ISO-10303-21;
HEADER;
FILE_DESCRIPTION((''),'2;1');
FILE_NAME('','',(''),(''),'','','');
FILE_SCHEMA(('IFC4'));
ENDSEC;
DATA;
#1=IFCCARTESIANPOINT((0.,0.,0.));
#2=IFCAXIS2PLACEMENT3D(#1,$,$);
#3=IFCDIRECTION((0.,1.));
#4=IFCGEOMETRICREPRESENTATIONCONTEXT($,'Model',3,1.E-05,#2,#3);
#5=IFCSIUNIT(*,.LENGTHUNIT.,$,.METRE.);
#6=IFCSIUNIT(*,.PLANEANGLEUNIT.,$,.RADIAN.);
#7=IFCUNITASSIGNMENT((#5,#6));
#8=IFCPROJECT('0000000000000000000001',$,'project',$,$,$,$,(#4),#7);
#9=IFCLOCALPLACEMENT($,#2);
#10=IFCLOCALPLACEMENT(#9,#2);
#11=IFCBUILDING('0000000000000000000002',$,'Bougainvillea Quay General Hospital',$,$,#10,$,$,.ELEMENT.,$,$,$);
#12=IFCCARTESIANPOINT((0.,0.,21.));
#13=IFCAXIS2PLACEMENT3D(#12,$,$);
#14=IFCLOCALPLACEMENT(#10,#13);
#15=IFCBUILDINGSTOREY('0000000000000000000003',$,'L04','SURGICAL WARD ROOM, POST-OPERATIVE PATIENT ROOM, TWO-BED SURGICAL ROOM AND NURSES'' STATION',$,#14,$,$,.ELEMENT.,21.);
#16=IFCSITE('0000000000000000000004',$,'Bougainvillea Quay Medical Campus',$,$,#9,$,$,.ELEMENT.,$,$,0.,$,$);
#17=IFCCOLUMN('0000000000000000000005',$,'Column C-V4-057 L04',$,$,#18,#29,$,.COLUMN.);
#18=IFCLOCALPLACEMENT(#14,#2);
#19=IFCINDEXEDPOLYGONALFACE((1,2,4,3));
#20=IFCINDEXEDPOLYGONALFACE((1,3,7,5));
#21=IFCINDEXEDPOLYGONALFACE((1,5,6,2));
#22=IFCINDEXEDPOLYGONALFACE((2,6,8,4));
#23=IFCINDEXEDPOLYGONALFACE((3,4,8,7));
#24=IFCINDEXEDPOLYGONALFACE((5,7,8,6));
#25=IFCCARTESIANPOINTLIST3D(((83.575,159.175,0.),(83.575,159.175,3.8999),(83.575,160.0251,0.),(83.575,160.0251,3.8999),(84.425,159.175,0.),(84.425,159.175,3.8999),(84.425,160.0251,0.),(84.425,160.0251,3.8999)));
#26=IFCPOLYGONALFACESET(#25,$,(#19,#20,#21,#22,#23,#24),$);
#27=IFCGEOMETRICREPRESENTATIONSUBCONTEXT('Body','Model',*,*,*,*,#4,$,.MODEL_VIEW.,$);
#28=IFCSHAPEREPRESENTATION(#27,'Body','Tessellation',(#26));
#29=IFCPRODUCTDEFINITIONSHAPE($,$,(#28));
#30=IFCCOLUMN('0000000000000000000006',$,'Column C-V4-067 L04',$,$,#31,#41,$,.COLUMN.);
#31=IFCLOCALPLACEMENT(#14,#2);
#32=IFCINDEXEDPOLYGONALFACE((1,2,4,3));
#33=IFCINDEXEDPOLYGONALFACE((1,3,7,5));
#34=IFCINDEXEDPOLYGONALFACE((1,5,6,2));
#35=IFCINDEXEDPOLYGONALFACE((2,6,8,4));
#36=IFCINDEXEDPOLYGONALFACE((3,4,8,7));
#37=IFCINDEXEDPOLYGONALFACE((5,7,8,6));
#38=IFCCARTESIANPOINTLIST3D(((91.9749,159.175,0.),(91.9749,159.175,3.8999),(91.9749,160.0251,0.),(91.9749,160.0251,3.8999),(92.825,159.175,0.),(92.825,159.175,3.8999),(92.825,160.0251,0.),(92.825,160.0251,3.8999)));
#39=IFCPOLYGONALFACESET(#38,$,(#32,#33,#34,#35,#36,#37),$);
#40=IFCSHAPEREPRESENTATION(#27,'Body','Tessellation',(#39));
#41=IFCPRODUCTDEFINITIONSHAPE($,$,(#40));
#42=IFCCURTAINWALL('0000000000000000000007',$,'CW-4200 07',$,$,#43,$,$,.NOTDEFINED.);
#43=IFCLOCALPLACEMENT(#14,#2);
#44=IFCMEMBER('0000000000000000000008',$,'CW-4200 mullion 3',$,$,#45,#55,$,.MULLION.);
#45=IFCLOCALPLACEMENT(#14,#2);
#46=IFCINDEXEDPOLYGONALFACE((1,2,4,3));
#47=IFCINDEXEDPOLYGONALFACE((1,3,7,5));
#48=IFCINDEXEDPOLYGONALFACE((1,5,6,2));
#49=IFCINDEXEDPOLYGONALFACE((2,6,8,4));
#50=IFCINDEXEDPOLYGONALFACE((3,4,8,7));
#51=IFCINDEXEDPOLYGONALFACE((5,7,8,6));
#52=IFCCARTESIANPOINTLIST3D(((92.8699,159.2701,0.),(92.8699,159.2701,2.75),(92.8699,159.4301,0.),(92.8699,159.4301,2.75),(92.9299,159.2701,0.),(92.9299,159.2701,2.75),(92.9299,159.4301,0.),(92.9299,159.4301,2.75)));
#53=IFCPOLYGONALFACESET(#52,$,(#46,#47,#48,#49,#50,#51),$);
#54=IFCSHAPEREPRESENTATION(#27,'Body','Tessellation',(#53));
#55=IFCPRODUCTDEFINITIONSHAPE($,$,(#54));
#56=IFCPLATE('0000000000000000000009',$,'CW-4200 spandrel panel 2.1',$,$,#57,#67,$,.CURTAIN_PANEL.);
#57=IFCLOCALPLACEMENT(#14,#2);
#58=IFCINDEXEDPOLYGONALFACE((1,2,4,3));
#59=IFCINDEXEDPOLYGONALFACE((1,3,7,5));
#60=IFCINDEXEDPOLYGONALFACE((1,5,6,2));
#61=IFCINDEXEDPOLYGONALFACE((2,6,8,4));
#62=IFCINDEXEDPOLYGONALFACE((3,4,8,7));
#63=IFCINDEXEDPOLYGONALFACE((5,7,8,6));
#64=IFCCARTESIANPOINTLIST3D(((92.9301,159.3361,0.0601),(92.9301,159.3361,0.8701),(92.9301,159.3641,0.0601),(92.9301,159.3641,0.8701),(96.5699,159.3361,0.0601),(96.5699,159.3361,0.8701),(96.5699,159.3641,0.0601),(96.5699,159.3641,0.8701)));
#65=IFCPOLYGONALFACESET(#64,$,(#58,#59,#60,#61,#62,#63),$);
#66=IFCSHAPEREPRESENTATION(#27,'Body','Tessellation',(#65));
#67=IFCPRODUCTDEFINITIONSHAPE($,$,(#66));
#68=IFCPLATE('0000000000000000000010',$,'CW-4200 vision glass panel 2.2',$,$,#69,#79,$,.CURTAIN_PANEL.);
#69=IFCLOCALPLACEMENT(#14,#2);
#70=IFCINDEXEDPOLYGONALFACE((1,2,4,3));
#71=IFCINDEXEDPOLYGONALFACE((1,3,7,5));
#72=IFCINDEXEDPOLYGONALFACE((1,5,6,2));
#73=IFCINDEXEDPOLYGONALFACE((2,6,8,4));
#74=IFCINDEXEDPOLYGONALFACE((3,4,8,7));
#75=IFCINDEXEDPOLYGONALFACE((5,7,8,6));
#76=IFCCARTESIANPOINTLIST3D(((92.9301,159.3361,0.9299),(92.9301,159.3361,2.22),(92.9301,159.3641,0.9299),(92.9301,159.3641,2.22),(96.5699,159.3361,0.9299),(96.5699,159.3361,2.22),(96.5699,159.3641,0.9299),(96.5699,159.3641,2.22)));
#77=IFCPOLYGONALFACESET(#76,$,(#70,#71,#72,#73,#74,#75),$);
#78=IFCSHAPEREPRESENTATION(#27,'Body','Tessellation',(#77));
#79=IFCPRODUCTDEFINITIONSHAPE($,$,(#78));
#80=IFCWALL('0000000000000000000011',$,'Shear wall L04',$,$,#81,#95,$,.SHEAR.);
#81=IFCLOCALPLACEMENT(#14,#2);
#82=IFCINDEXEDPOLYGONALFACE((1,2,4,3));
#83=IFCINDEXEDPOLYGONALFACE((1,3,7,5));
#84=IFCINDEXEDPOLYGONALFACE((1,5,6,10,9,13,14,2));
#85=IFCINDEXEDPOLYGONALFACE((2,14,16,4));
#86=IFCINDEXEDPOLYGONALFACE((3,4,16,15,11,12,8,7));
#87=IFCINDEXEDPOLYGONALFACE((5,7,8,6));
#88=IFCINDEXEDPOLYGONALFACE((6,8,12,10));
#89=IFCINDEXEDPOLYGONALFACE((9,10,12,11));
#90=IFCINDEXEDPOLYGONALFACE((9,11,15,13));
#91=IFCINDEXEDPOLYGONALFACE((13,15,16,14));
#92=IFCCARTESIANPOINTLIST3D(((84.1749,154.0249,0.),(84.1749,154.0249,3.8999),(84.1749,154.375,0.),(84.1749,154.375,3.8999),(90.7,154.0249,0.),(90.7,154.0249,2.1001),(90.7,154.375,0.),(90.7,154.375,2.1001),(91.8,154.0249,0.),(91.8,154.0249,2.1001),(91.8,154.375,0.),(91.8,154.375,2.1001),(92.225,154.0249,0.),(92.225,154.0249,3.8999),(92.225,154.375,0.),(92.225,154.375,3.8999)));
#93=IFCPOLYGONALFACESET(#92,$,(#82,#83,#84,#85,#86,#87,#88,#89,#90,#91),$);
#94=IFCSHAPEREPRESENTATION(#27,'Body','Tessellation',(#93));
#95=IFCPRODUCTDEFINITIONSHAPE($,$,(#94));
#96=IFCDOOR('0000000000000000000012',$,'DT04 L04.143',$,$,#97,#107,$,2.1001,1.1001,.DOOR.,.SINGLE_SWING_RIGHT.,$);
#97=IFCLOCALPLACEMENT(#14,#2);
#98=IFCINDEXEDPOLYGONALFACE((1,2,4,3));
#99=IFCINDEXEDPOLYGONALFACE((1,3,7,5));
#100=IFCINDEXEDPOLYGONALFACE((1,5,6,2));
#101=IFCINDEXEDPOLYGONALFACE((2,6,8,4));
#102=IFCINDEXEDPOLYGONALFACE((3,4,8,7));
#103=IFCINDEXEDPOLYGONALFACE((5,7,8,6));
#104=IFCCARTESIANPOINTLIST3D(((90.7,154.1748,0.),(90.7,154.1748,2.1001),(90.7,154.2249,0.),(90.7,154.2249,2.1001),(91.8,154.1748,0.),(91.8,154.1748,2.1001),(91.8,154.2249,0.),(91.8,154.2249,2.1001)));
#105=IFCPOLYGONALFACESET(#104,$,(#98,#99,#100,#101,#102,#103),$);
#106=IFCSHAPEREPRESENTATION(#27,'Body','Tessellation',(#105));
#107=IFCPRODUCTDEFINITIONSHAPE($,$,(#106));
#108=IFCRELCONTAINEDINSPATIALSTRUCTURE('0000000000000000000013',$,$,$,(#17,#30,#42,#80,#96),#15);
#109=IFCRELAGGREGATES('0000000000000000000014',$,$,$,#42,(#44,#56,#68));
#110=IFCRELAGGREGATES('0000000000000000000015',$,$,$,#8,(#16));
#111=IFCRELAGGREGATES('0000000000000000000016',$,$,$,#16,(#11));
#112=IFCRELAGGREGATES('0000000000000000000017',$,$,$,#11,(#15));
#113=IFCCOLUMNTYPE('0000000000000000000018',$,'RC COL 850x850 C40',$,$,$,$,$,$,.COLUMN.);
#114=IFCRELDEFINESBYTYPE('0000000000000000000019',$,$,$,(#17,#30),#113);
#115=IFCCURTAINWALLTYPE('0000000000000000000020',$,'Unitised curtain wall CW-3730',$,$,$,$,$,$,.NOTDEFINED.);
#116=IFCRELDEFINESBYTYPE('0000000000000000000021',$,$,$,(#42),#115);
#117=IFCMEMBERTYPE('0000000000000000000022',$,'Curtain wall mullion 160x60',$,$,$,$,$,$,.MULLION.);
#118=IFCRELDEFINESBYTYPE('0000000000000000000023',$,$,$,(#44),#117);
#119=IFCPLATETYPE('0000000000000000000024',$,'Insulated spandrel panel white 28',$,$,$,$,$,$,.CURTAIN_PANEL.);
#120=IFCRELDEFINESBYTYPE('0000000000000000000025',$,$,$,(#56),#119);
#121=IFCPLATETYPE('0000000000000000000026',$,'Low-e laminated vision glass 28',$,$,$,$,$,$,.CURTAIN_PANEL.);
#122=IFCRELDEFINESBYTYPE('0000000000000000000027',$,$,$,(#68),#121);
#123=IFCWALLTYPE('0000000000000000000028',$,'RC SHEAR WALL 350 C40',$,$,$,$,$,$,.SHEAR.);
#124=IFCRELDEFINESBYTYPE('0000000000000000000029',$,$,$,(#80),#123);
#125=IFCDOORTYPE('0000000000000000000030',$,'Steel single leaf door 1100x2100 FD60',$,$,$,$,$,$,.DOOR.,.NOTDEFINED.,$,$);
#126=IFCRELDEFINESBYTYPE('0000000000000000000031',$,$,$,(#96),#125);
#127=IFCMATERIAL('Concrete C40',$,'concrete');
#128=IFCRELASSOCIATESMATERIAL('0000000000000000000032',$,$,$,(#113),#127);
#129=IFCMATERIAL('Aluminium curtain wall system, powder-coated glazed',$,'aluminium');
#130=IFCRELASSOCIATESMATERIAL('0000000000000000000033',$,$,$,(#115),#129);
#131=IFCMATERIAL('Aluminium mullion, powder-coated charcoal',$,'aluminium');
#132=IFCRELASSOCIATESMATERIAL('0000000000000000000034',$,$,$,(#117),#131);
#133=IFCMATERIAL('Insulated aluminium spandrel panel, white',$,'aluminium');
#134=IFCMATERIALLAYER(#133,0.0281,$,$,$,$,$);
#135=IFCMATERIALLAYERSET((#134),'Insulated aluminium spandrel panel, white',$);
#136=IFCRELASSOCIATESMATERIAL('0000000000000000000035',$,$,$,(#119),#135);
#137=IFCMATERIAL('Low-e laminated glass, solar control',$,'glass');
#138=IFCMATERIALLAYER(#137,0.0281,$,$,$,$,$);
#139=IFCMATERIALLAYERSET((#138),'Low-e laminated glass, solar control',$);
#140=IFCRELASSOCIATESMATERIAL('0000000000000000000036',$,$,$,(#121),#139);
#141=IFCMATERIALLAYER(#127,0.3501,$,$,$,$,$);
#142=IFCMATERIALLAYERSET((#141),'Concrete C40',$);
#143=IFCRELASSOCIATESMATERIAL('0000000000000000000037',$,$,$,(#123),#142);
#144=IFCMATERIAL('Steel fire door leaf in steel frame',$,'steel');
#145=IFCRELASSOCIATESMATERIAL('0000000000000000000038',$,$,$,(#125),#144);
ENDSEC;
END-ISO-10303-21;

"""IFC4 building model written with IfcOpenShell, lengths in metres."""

from ifc_helpers import new_model, si_unit, direction, frame, frame_2d, origin, origin_2d, place, context, subcontext, project, spatial, rectangle, extrude, material, layer, layer_set, material_profile, profile_set, type_object, element, fill, aggregate, save


model = new_model("IFC4")

# Units and contexts
model_context = context("Model", 3, precision=1e-05, world=origin(), true_north=direction((0.0, 1.0)))
body_context = subcontext(model_context, "Body", "Model", "MODEL_VIEW")
ifc_project = project(units=[si_unit("LENGTHUNIT", "METRE"), si_unit("PLANEANGLEUNIT", "RADIAN")], contexts=[model_context])

# Site, building, storey
site_placement = place(None, origin())
site = spatial("IfcSite", under=ifc_project, at=site_placement, Name="Bougainvillea Quay Medical Campus", CompositionType="ELEMENT", RefElevation=0.0)
building_placement = place(site_placement, origin())
building = spatial("IfcBuilding", under=site, at=building_placement, Name="Bougainvillea Quay General Hospital", CompositionType="ELEMENT")
storey_placement = place(building_placement, frame((0.0, 0.0, 21.0)))
storey = spatial("IfcBuildingStorey", under=building, at=storey_placement, Name="L04", Description="SURGICAL WARD ROOM, POST-OPERATIVE PATIENT ROOM, TWO-BED SURGICAL ROOM AND NURSES' STATION", CompositionType="ELEMENT", Elevation=21.0)

# Columns
ifc_material_1 = material(Name="Concrete C40", Category="concrete")
ifc_material_profile_1 = material_profile(ifc_material_1, rectangle(XDim=0.8501, YDim=0.8501, at=origin_2d()))
ifc_profile_set_1 = profile_set([ifc_material_profile_1], Name="Concrete C40")
column_type = type_object("IfcColumnType", Name="RC COL 850x850 C40", PredefinedType="COLUMN", material=ifc_profile_set_1)
for number, where, z_axis, x_axis, name in (
    (1, (84.0, 159.6001, 0.0), (0.0, 0.0, 1.0), (1.0, 0.0, 0.0), "Column C-V4-057 L04"),
    (2, (92.3999, 159.6001, 0.0), (0.0, 0.0, 1.0), (1.0, 0.0, 0.0), "Column C-V4-067 L04"),
):
    element("IfcColumn", number, at=place(storey_placement, frame(where, z_axis=z_axis, x_axis=x_axis)), inside=storey, type_object=column_type, Name=name, PredefinedType="COLUMN", context=body_context, shape_type="SweptSolid", body=[
        extrude(rectangle(XDim=0.8501, YDim=0.8501, at=origin_2d()), origin(), (0.0, 0.0, 1.0), 3.8999),
    ])

# Curtain wall, member, plates
ifc_material_2 = material(Name="Aluminium curtain wall system, powder-coated glazed", Category="aluminium")
curtain_wall_type = type_object("IfcCurtainWallType", Name="Unitised curtain wall CW-3730", PredefinedType="NOTDEFINED", material=ifc_material_2)
curtain_wall_placement = place(storey_placement, origin())
curtain_wall = element("IfcCurtainWall", 3, at=curtain_wall_placement, inside=storey, type_object=curtain_wall_type, Name="CW-4200 07", PredefinedType="NOTDEFINED")
ifc_material_3 = material(Name="Aluminium mullion, powder-coated charcoal", Category="aluminium")
ifc_material_profile_2 = material_profile(ifc_material_3, rectangle(XDim=0.1599, YDim=0.0601, at=origin_2d()))
ifc_profile_set_2 = profile_set([ifc_material_profile_2], Name="Aluminium mullion, powder-coated charcoal")
member_type = type_object("IfcMemberType", Name="Curtain wall mullion 160x60", PredefinedType="MULLION", material=ifc_profile_set_2)
member_placement = place(storey_placement, frame((92.8999, 159.3501, 0.0), z_axis=(0.0, 0.0, 1.0), x_axis=(0.0, -1.0, 0.0)))
member = element("IfcMember", 4, at=member_placement, type_object=member_type, Name="CW-4200 mullion 3", PredefinedType="MULLION", context=body_context, shape_type="SweptSolid", body=[
    extrude(rectangle(XDim=0.1599, YDim=0.0601, at=origin_2d()), origin(), (0.0, 0.0, 1.0), 2.75),
])
ifc_material_4 = material(Name="Insulated aluminium spandrel panel, white", Category="aluminium")
ifc_layer_1 = layer(ifc_material_4, 0.0281)
ifc_layer_set_1 = layer_set([ifc_layer_1], Name="Insulated aluminium spandrel panel, white")
plate_type_1 = type_object("IfcPlateType", Name="Insulated spandrel panel white 28", PredefinedType="CURTAIN_PANEL", material=ifc_layer_set_1)
plate_1_placement = place(storey_placement, frame((94.75, 159.3501, 0.0601), z_axis=(0.0, 0.0, 1.0), x_axis=(-1.0, 0.0, 0.0)))
plate_1 = element("IfcPlate", 5, at=plate_1_placement, type_object=plate_type_1, Name="CW-4200 spandrel panel 2.1", PredefinedType="CURTAIN_PANEL", context=body_context, shape_type="SweptSolid", body=[
    extrude(rectangle(XDim=3.6399, YDim=0.0281, at=origin_2d()), origin(), (0.0, 0.0, 1.0), 0.8101),
])
ifc_material_5 = material(Name="Low-e laminated glass, solar control", Category="glass")
ifc_layer_2 = layer(ifc_material_5, 0.0281)
ifc_layer_set_2 = layer_set([ifc_layer_2], Name="Low-e laminated glass, solar control")
plate_type_2 = type_object("IfcPlateType", Name="Low-e laminated vision glass 28", PredefinedType="CURTAIN_PANEL", material=ifc_layer_set_2)
plate_2_placement = place(storey_placement, frame((94.75, 159.3501, 0.9299), z_axis=(0.0, 0.0, 1.0), x_axis=(-1.0, 0.0, 0.0)))
plate_2 = element("IfcPlate", 6, at=plate_2_placement, type_object=plate_type_2, Name="CW-4200 vision glass panel 2.2", PredefinedType="CURTAIN_PANEL", context=body_context, shape_type="SweptSolid", body=[
    extrude(rectangle(XDim=3.6399, YDim=0.0281, at=origin_2d()), origin(), (0.0, 0.0, 1.0), 1.29),
])
aggregate(curtain_wall, [member, plate_1, plate_2])

# Wall, opening, door
ifc_layer_3 = layer(ifc_material_1, 0.3501)
ifc_layer_set_3 = layer_set([ifc_layer_3], Name="Concrete C40")
wall_type = type_object("IfcWallType", Name="RC SHEAR WALL 350 C40", PredefinedType="SHEAR", material=ifc_layer_set_3)
wall_placement = place(storey_placement, frame((84.175, 154.2, 0.0), z_axis=(0.0, 0.0, 1.0), x_axis=(1.0, 0.0, 0.0)))
wall = element("IfcWall", 7, at=wall_placement, inside=storey, type_object=wall_type, Name="Shear wall L04", PredefinedType="SHEAR", context=body_context, shape_type="SweptSolid", body=[
    extrude(rectangle(XDim=8.05, YDim=0.3501, at=frame_2d((4.0249, 0.0))), origin(), (0.0, 0.0, 1.0), 3.8999),
])
opening_placement = place(wall_placement, frame((6.5249, 0.0, 0.0)))
opening = element("IfcOpeningElement", 8, at=opening_placement, cuts=wall, PredefinedType="OPENING", context=body_context, shape_type="SweptSolid", body=[
    extrude(rectangle(XDim=1.1001, YDim=2.1001, at=frame_2d((0.55, 1.05))), frame((0.0, 0.1851, 0.0), z_axis=(0.0, -1.0, 0.0), x_axis=(1.0, 0.0, 0.0)), (0.0, 0.0, 1.0), 0.3701),
])
ifc_material_6 = material(Name="Steel fire door leaf in steel frame", Category="steel")
door_type = type_object("IfcDoorType", Name="Steel single leaf door 1100x2100 FD60", OperationType="NOTDEFINED", PredefinedType="DOOR", material=ifc_material_6)
door_placement = place(opening_placement, origin())
door = element("IfcDoor", 9, at=door_placement, inside=storey, type_object=door_type, Name="DT04 L04.143", OperationType="SINGLE_SWING_RIGHT", OverallHeight=2.1001, OverallWidth=1.1001, PredefinedType="DOOR", context=body_context, shape_type="SweptSolid", body=[
    extrude(rectangle(XDim=1.1001, YDim=2.1001, at=frame_2d((0.55, 1.05))), frame((0.0, 0.0249, 0.0), z_axis=(0.0, -1.0, 0.0), x_axis=(1.0, 0.0, 0.0)), (0.0, 0.0, 1.0), 0.05),
])
fill(opening, door)

save(model, "model.ifc")
